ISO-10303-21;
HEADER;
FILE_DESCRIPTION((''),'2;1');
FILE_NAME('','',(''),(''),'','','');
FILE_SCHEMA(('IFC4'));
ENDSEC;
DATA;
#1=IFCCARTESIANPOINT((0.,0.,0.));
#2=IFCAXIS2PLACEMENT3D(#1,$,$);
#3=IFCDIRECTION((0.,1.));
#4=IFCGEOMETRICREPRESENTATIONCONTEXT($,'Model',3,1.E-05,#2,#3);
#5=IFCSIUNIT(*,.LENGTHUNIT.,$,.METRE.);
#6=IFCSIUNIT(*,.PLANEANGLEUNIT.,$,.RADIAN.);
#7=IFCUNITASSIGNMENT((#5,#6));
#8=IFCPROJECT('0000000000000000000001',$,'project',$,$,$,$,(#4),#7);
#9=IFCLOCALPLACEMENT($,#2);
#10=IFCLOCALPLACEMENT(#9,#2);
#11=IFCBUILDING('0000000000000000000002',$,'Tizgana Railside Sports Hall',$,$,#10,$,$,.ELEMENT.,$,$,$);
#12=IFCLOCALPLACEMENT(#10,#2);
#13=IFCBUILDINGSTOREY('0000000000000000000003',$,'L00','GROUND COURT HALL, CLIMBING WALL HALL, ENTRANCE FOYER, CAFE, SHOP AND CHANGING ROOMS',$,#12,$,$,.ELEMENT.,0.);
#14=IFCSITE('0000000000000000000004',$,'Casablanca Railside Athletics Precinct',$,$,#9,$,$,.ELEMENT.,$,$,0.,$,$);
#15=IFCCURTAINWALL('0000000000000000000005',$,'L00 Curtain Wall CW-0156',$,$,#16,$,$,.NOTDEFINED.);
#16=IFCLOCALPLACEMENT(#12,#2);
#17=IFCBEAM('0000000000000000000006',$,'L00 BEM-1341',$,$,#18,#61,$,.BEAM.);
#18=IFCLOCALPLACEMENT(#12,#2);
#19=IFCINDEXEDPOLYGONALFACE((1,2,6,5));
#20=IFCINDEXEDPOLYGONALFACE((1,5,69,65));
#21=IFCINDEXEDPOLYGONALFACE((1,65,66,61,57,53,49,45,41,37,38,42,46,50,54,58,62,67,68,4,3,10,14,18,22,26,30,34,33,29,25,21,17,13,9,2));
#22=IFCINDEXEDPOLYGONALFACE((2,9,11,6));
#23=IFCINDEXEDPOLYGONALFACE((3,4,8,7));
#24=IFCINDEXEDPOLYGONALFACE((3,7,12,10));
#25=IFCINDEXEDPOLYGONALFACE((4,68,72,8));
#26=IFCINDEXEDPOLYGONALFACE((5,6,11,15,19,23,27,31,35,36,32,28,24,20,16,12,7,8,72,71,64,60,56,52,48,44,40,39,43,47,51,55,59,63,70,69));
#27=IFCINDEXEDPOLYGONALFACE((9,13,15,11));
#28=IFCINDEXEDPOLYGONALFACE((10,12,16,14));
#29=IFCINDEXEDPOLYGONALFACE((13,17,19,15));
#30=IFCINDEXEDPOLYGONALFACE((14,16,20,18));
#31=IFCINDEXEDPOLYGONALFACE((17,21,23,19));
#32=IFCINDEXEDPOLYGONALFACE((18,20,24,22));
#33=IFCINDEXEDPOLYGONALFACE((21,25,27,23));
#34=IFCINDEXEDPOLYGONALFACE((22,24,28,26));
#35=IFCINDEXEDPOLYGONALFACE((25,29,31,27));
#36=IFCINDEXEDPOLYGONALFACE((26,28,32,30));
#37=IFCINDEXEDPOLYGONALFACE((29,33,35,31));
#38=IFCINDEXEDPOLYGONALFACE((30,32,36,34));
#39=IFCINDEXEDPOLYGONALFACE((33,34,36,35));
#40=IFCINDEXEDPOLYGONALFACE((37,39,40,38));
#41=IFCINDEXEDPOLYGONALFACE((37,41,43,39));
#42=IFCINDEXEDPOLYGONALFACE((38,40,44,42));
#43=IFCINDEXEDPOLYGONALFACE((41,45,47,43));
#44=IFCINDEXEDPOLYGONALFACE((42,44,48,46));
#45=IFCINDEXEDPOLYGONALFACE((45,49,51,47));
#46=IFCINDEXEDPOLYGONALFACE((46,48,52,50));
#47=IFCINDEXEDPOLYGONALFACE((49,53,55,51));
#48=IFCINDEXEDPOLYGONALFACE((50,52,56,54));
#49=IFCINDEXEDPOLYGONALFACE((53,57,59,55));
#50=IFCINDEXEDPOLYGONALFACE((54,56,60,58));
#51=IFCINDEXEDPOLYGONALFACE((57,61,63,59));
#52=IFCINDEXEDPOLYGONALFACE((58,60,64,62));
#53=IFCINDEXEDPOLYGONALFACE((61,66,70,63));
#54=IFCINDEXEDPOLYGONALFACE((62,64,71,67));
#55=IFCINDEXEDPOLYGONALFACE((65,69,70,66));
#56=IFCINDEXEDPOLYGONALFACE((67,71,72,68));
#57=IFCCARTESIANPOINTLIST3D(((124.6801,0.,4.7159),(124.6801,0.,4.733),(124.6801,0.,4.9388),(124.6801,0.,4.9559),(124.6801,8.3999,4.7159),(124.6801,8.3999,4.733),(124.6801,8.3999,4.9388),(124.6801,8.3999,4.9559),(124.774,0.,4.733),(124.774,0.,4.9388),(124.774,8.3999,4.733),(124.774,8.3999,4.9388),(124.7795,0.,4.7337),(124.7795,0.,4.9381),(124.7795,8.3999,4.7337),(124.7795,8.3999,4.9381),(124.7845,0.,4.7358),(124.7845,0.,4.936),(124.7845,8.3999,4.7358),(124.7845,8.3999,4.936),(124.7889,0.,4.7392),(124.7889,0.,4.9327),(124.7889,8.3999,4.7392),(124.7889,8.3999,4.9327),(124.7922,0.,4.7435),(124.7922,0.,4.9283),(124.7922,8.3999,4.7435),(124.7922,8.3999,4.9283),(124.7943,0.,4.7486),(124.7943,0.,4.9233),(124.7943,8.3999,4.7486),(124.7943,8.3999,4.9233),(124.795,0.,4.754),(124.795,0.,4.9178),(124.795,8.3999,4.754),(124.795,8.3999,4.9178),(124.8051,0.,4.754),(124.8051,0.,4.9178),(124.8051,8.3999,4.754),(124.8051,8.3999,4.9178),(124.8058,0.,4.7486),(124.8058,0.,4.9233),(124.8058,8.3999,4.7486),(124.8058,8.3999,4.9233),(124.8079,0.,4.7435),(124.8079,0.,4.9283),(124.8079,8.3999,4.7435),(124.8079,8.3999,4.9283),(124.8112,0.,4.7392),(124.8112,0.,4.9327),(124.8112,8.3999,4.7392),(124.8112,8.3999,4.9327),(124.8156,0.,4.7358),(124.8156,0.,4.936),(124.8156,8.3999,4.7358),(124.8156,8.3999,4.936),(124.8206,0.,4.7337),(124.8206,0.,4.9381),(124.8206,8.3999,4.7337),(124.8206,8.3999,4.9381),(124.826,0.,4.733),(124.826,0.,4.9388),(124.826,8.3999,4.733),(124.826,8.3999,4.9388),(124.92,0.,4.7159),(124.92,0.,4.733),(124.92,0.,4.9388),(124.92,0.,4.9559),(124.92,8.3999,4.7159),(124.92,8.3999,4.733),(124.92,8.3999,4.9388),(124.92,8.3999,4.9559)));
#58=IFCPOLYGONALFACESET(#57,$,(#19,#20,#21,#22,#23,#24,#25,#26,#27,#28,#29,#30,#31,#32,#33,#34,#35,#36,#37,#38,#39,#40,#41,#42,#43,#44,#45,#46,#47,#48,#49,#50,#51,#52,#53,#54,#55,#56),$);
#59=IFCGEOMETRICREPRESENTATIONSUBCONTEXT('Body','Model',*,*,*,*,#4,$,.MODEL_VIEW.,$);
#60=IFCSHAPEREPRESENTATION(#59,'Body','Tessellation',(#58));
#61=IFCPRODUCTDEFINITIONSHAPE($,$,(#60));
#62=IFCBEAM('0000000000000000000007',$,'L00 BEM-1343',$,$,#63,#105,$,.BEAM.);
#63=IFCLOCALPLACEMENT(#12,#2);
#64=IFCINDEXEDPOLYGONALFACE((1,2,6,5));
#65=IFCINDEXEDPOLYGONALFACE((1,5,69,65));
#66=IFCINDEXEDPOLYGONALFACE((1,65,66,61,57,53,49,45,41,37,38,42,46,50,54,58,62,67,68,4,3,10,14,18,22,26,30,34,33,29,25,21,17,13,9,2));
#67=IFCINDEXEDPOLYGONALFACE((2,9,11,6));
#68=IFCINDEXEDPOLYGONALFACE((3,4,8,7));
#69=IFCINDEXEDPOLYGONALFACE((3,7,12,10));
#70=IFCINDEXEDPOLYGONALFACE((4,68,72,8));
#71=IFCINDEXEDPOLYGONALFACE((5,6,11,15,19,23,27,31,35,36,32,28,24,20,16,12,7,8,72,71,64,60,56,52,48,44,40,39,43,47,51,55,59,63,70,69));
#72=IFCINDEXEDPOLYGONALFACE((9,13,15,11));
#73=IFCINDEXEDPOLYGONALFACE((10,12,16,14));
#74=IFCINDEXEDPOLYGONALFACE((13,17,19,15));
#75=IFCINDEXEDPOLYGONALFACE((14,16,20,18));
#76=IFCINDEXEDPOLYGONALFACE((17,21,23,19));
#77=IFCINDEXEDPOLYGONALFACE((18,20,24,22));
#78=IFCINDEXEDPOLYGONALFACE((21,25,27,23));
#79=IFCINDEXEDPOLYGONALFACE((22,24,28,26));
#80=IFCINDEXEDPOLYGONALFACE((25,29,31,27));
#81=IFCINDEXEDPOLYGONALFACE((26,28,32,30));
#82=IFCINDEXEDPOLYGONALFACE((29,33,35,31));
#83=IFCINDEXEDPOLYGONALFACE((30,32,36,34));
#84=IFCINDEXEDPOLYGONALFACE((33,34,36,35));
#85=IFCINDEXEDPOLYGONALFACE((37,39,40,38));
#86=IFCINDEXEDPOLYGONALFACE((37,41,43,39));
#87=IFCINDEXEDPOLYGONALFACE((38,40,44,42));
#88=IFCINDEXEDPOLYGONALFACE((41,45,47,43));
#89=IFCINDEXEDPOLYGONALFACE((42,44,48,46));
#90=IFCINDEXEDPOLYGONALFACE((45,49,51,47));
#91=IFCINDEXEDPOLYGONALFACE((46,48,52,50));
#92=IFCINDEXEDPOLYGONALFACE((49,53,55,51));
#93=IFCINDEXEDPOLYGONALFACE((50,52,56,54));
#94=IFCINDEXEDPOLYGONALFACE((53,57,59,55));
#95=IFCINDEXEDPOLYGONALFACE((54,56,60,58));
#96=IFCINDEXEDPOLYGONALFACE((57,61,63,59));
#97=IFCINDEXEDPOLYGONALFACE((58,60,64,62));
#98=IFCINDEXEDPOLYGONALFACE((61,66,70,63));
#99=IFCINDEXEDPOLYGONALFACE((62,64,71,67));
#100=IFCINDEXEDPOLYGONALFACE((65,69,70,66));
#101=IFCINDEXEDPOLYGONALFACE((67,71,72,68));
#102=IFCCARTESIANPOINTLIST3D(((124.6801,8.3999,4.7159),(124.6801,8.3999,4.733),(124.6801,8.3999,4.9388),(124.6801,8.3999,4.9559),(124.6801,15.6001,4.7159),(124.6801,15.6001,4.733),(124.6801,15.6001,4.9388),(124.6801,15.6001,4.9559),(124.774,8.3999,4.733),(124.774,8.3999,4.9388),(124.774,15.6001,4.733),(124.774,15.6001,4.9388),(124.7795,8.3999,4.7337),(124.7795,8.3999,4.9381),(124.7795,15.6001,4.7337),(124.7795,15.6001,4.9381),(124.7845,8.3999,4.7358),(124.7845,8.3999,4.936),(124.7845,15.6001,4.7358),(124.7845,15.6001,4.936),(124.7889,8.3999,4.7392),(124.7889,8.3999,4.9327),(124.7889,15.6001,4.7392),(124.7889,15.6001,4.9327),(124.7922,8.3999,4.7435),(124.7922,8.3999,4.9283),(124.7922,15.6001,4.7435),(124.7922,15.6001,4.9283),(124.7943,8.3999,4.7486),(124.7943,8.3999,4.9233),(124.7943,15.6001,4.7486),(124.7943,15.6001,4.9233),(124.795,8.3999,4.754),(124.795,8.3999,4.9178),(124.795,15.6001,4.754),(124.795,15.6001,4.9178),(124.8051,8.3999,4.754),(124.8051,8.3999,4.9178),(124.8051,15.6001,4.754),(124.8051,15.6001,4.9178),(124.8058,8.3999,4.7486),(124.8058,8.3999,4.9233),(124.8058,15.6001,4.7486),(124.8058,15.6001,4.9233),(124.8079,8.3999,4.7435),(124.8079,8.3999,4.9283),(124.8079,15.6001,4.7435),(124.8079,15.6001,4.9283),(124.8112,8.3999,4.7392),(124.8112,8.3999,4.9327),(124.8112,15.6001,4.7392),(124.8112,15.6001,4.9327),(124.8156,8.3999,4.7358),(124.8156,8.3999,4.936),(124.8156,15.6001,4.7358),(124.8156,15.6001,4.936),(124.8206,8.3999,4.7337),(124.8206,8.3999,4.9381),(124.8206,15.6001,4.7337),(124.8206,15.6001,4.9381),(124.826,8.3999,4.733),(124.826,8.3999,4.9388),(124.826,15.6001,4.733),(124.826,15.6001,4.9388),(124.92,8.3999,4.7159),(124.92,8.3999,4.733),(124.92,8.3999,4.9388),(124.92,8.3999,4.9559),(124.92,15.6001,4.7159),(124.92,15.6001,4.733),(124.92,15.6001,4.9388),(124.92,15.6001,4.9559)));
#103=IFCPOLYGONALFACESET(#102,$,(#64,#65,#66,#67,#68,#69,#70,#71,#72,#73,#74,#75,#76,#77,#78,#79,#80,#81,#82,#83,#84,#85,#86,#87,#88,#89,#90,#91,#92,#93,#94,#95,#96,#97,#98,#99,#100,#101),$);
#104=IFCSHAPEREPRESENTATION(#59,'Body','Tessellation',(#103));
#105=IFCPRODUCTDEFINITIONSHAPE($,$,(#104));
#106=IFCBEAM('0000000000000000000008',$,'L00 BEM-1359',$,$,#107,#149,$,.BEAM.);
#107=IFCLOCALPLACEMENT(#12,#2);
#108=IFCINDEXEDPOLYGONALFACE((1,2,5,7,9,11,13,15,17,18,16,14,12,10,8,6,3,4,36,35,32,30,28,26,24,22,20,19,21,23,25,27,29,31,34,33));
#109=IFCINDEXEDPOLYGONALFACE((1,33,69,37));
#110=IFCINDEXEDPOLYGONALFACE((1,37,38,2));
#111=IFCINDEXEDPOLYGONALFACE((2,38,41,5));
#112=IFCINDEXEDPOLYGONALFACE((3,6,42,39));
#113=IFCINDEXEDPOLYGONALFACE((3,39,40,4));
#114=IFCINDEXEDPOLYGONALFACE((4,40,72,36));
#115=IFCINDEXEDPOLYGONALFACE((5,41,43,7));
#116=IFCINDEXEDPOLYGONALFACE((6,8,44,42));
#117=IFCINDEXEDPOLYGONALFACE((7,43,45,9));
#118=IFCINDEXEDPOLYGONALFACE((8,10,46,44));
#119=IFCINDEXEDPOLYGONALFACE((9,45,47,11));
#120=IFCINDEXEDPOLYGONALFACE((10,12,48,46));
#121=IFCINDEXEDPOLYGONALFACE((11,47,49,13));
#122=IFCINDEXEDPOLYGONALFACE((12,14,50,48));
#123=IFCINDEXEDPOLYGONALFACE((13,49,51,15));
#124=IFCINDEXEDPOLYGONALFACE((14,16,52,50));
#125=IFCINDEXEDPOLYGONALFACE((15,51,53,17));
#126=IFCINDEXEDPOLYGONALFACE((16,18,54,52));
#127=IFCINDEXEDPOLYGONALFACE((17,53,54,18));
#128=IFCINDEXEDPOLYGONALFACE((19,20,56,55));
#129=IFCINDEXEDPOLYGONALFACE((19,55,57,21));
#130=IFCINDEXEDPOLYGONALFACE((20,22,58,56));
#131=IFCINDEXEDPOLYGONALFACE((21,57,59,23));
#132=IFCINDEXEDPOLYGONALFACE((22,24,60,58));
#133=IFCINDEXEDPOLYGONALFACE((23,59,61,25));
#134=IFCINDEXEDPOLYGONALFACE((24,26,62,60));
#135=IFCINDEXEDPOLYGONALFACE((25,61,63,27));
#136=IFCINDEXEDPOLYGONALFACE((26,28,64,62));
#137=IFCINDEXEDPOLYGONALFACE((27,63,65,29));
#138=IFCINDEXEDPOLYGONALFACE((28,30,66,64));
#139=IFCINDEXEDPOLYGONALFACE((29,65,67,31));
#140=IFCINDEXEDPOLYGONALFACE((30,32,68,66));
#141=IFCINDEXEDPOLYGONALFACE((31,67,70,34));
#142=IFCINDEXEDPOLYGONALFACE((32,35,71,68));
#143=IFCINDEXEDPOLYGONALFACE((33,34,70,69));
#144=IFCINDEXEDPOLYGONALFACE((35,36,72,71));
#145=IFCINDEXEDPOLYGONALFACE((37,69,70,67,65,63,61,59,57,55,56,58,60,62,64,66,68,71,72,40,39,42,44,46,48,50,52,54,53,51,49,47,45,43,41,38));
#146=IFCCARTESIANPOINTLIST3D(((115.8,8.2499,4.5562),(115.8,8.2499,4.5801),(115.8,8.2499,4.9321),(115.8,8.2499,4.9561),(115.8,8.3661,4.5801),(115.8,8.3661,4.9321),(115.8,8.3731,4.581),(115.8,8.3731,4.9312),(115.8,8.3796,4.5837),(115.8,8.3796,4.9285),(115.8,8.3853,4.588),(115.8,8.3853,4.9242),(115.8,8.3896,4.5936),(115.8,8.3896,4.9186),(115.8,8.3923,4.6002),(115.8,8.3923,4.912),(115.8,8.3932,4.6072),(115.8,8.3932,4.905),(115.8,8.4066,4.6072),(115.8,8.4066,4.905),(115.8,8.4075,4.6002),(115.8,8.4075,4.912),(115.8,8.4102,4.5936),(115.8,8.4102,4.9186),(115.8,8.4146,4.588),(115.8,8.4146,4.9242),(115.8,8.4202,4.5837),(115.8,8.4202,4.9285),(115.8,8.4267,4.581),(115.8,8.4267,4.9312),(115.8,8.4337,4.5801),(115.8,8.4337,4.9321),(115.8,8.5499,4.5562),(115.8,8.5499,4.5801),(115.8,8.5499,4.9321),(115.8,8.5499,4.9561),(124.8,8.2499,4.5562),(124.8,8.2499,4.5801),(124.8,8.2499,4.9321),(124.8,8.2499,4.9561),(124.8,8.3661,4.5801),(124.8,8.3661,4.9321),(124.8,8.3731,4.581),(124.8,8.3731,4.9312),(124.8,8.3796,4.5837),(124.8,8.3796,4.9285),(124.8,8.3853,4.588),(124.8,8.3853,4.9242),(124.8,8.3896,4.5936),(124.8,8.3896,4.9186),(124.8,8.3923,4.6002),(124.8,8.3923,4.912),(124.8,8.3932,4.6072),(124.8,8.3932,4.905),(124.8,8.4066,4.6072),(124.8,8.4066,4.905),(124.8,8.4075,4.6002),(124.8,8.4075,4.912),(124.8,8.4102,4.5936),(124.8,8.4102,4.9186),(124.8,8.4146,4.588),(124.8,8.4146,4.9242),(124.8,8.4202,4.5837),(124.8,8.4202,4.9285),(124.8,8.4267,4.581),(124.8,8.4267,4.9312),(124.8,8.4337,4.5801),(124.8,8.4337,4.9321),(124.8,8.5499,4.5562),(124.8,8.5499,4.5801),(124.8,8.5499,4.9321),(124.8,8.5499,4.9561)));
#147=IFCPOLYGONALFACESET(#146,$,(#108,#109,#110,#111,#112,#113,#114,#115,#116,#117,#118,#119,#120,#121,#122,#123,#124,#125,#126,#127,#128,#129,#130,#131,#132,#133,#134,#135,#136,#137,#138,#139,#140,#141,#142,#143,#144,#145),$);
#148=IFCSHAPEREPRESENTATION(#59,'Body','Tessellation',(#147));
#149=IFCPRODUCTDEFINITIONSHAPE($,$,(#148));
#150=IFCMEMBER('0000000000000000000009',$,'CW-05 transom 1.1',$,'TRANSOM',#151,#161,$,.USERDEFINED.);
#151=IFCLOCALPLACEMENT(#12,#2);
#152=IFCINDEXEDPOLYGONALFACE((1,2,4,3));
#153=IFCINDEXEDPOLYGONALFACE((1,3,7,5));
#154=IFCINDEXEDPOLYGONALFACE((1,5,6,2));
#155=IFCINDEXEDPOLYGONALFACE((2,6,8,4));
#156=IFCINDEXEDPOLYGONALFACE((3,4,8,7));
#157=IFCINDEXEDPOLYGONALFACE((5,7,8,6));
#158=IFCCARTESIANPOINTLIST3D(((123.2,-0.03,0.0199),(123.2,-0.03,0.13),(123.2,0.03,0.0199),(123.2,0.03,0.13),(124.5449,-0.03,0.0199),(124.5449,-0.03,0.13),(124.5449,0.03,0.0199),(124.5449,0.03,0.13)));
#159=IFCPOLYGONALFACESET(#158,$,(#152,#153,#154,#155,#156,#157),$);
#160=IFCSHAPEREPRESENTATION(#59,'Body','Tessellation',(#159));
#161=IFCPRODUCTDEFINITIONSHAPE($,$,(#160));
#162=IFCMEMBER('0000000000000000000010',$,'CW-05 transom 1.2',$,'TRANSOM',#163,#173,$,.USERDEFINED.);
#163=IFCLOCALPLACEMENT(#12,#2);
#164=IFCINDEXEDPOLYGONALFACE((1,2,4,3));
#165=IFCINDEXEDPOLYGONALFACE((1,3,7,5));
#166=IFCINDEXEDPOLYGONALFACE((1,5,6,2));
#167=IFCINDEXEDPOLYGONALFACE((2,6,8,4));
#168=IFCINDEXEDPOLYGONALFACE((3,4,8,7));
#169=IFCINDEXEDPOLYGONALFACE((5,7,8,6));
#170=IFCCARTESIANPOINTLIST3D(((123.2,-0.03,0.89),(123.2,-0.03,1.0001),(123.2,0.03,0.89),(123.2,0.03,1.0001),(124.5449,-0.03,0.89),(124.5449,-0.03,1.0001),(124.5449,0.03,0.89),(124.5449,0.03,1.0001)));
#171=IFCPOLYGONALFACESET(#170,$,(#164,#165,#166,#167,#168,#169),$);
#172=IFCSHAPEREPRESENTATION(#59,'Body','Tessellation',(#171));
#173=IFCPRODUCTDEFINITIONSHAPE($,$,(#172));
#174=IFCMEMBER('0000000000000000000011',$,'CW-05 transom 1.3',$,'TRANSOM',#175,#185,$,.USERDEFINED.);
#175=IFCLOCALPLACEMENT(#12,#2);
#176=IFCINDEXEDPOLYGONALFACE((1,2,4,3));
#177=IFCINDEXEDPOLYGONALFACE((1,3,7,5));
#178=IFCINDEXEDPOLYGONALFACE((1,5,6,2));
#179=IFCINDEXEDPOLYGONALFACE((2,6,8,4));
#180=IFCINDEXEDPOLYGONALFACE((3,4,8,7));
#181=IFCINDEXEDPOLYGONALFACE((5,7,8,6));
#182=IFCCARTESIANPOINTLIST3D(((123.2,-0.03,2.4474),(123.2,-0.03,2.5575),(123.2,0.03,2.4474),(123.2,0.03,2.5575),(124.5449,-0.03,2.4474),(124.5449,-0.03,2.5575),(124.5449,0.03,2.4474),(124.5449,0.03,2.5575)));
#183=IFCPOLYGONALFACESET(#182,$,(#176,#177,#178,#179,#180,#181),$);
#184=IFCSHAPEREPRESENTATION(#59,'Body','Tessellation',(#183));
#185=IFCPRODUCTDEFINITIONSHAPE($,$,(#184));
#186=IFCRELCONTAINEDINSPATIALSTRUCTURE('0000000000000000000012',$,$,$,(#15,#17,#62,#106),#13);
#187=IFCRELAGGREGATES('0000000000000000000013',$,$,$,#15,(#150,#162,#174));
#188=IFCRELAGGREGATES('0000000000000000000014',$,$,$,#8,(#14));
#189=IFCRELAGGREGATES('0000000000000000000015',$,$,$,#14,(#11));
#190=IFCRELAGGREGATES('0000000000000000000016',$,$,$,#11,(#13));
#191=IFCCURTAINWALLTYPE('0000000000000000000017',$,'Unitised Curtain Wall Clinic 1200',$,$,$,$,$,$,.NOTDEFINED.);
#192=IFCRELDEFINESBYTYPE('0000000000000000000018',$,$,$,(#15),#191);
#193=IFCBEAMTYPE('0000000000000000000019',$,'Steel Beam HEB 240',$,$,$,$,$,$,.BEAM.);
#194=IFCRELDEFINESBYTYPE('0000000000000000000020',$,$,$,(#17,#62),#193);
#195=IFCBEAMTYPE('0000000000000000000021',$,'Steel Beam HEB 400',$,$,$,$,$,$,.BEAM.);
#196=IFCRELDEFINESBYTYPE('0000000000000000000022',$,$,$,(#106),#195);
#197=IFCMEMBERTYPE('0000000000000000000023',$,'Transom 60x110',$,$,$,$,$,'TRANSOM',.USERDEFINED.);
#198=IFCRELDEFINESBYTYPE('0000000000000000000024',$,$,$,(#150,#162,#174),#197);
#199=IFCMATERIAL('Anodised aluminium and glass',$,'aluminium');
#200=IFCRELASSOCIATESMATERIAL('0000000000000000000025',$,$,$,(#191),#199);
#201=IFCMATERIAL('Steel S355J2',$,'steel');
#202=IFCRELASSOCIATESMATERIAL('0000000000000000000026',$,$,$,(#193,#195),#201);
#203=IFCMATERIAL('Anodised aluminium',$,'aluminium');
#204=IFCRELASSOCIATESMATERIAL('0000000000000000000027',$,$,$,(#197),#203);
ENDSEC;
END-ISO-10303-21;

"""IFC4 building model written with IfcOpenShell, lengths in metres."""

from ifc_helpers import new_model, si_unit, direction, frame, origin, origin_2d, place, context, subcontext, project, spatial, rectangle, i_section, extrude, material, material_profile, profile_set, type_object, element, aggregate, save


model = new_model("IFC4")

# Units and contexts
model_context = context("Model", 3, precision=1e-05, world=origin(), true_north=direction((0.0, 1.0)))
body_context = subcontext(model_context, "Body", "Model", "MODEL_VIEW")
ifc_project = project(units=[si_unit("LENGTHUNIT", "METRE"), si_unit("PLANEANGLEUNIT", "RADIAN")], contexts=[model_context])

# Site, building, storey
site_placement = place(None, origin())
site = spatial("IfcSite", under=ifc_project, at=site_placement, Name="Casablanca Railside Athletics Precinct", CompositionType="ELEMENT", RefElevation=0.0)
building_placement = place(site_placement, origin())
building = spatial("IfcBuilding", under=site, at=building_placement, Name="Tizgana Railside Sports Hall", CompositionType="ELEMENT")
storey_placement = place(building_placement, origin())
storey = spatial("IfcBuildingStorey", under=building, at=storey_placement, Name="L00", Description="GROUND COURT HALL, CLIMBING WALL HALL, ENTRANCE FOYER, CAFE, SHOP AND CHANGING ROOMS", CompositionType="ELEMENT", Elevation=0.0)

# Shared definitions
ifc_material_1 = material(Name="Steel S355J2", Category="steel")

# Curtain wall
ifc_material_2 = material(Name="Anodised aluminium and glass", Category="aluminium")
curtain_wall_type_1 = type_object("IfcCurtainWallType", Name="Unitised Curtain Wall Clinic 1200", PredefinedType="NOTDEFINED", material=ifc_material_2)
curtain_wall_1_placement = place(storey_placement, origin())
curtain_wall_1 = element("IfcCurtainWall", 1, at=curtain_wall_1_placement, inside=storey, type_object=curtain_wall_type_1, Name="L00 Curtain Wall CW-0156", PredefinedType="NOTDEFINED")
ifc_material_3 = material(Name="Anodised aluminium", Category="aluminium")

# Beams
ifc_material_profile_1 = material_profile(ifc_material_1, i_section(OverallWidth=0.24, OverallDepth=0.24, WebThickness=0.01, FlangeThickness=0.0171, FilletRadius=0.021, at=origin_2d()), Name="HEB 240")
ifc_profile_set_1 = profile_set([ifc_material_profile_1], Name="Steel S355J2")
beam_type_1 = type_object("IfcBeamType", Name="Steel Beam HEB 240", PredefinedType="BEAM", material=ifc_profile_set_1)
beam_1_placement = place(storey_placement, frame((124.8, 0.0, 4.8359), z_axis=(0.0, 1.0, 0.0), x_axis=(-1.0, 0.0, 0.0)))
element("IfcBeam", 2, at=beam_1_placement, inside=storey, type_object=beam_type_1, Name="L00 BEM-1341", PredefinedType="BEAM", context=body_context, shape_type="SweptSolid", body=[
    extrude(i_section(OverallWidth=0.24, OverallDepth=0.24, WebThickness=0.01, FlangeThickness=0.0171, FilletRadius=0.021, at=origin_2d()), origin(), (0.0, 0.0, 1.0), 8.3999),
])
beam_2_placement = place(storey_placement, frame((124.8, 8.3999, 4.8359), z_axis=(0.0, 1.0, 0.0), x_axis=(-1.0, 0.0, 0.0)))
element("IfcBeam", 3, at=beam_2_placement, inside=storey, type_object=beam_type_1, Name="L00 BEM-1343", PredefinedType="BEAM", context=body_context, shape_type="SweptSolid", body=[
    extrude(i_section(OverallWidth=0.24, OverallDepth=0.24, WebThickness=0.01, FlangeThickness=0.0171, FilletRadius=0.021, at=origin_2d()), origin(), (0.0, 0.0, 1.0), 7.2002),
])
ifc_material_profile_2 = material_profile(ifc_material_1, i_section(OverallWidth=0.3, OverallDepth=0.3999, WebThickness=0.0134, FlangeThickness=0.0239, FilletRadius=0.0271, at=origin_2d()), Name="HEB 400")
ifc_profile_set_2 = profile_set([ifc_material_profile_2], Name="Steel S355J2")
beam_type_2 = type_object("IfcBeamType", Name="Steel Beam HEB 400", PredefinedType="BEAM", material=ifc_profile_set_2)
beam_3_placement = place(storey_placement, frame((115.8, 8.3999, 4.7561), z_axis=(1.0, 0.0, 0.0), x_axis=(0.0, 1.0, 0.0)))
element("IfcBeam", 4, at=beam_3_placement, inside=storey, type_object=beam_type_2, Name="L00 BEM-1359", PredefinedType="BEAM", context=body_context, shape_type="SweptSolid", body=[
    extrude(i_section(OverallWidth=0.3, OverallDepth=0.3999, WebThickness=0.0134, FlangeThickness=0.0239, FilletRadius=0.0271, at=origin_2d()), origin(), (0.0, 0.0, 1.0), 9.0),
])

# Members
ifc_material_profile_3 = material_profile(ifc_material_3, rectangle(XDim=0.0601, YDim=0.1101, at=origin_2d()), Name="Transom 60x110")
ifc_profile_set_3 = profile_set([ifc_material_profile_3], Name="Anodised aluminium")
member_type_1 = type_object("IfcMemberType", Name="Transom 60x110", ElementType="TRANSOM", PredefinedType="USERDEFINED", material=ifc_profile_set_3)
member_1_placement = place(storey_placement, frame((124.5449, 0.0, 0.075), z_axis=(-1.0, 0.0, 0.0), x_axis=(0.0, -1.0, 0.0)))
member_1 = element("IfcMember", 5, at=member_1_placement, type_object=member_type_1, Name="CW-05 transom 1.1", ObjectType="TRANSOM", PredefinedType="USERDEFINED", context=body_context, shape_type="SweptSolid", body=[
    extrude(rectangle(XDim=0.0601, YDim=0.1101, at=origin_2d()), origin(), (0.0, 0.0, 1.0), 1.345),
])
member_2_placement = place(storey_placement, frame((124.5449, 0.0, 0.9451), z_axis=(-1.0, 0.0, 0.0), x_axis=(0.0, -1.0, 0.0)))
member_2 = element("IfcMember", 6, at=member_2_placement, type_object=member_type_1, Name="CW-05 transom 1.2", ObjectType="TRANSOM", PredefinedType="USERDEFINED", context=body_context, shape_type="SweptSolid", body=[
    extrude(rectangle(XDim=0.0601, YDim=0.1101, at=origin_2d()), origin(), (0.0, 0.0, 1.0), 1.345),
])
member_3_placement = place(storey_placement, frame((124.5449, 0.0, 2.5024), z_axis=(-1.0, 0.0, 0.0), x_axis=(0.0, -1.0, 0.0)))
member_3 = element("IfcMember", 7, at=member_3_placement, type_object=member_type_1, Name="CW-05 transom 1.3", ObjectType="TRANSOM", PredefinedType="USERDEFINED", context=body_context, shape_type="SweptSolid", body=[
    extrude(rectangle(XDim=0.0601, YDim=0.1101, at=origin_2d()), origin(), (0.0, 0.0, 1.0), 1.345),
])

aggregate(curtain_wall_1, [member_1, member_2, member_3])

save(model, "model.ifc")
